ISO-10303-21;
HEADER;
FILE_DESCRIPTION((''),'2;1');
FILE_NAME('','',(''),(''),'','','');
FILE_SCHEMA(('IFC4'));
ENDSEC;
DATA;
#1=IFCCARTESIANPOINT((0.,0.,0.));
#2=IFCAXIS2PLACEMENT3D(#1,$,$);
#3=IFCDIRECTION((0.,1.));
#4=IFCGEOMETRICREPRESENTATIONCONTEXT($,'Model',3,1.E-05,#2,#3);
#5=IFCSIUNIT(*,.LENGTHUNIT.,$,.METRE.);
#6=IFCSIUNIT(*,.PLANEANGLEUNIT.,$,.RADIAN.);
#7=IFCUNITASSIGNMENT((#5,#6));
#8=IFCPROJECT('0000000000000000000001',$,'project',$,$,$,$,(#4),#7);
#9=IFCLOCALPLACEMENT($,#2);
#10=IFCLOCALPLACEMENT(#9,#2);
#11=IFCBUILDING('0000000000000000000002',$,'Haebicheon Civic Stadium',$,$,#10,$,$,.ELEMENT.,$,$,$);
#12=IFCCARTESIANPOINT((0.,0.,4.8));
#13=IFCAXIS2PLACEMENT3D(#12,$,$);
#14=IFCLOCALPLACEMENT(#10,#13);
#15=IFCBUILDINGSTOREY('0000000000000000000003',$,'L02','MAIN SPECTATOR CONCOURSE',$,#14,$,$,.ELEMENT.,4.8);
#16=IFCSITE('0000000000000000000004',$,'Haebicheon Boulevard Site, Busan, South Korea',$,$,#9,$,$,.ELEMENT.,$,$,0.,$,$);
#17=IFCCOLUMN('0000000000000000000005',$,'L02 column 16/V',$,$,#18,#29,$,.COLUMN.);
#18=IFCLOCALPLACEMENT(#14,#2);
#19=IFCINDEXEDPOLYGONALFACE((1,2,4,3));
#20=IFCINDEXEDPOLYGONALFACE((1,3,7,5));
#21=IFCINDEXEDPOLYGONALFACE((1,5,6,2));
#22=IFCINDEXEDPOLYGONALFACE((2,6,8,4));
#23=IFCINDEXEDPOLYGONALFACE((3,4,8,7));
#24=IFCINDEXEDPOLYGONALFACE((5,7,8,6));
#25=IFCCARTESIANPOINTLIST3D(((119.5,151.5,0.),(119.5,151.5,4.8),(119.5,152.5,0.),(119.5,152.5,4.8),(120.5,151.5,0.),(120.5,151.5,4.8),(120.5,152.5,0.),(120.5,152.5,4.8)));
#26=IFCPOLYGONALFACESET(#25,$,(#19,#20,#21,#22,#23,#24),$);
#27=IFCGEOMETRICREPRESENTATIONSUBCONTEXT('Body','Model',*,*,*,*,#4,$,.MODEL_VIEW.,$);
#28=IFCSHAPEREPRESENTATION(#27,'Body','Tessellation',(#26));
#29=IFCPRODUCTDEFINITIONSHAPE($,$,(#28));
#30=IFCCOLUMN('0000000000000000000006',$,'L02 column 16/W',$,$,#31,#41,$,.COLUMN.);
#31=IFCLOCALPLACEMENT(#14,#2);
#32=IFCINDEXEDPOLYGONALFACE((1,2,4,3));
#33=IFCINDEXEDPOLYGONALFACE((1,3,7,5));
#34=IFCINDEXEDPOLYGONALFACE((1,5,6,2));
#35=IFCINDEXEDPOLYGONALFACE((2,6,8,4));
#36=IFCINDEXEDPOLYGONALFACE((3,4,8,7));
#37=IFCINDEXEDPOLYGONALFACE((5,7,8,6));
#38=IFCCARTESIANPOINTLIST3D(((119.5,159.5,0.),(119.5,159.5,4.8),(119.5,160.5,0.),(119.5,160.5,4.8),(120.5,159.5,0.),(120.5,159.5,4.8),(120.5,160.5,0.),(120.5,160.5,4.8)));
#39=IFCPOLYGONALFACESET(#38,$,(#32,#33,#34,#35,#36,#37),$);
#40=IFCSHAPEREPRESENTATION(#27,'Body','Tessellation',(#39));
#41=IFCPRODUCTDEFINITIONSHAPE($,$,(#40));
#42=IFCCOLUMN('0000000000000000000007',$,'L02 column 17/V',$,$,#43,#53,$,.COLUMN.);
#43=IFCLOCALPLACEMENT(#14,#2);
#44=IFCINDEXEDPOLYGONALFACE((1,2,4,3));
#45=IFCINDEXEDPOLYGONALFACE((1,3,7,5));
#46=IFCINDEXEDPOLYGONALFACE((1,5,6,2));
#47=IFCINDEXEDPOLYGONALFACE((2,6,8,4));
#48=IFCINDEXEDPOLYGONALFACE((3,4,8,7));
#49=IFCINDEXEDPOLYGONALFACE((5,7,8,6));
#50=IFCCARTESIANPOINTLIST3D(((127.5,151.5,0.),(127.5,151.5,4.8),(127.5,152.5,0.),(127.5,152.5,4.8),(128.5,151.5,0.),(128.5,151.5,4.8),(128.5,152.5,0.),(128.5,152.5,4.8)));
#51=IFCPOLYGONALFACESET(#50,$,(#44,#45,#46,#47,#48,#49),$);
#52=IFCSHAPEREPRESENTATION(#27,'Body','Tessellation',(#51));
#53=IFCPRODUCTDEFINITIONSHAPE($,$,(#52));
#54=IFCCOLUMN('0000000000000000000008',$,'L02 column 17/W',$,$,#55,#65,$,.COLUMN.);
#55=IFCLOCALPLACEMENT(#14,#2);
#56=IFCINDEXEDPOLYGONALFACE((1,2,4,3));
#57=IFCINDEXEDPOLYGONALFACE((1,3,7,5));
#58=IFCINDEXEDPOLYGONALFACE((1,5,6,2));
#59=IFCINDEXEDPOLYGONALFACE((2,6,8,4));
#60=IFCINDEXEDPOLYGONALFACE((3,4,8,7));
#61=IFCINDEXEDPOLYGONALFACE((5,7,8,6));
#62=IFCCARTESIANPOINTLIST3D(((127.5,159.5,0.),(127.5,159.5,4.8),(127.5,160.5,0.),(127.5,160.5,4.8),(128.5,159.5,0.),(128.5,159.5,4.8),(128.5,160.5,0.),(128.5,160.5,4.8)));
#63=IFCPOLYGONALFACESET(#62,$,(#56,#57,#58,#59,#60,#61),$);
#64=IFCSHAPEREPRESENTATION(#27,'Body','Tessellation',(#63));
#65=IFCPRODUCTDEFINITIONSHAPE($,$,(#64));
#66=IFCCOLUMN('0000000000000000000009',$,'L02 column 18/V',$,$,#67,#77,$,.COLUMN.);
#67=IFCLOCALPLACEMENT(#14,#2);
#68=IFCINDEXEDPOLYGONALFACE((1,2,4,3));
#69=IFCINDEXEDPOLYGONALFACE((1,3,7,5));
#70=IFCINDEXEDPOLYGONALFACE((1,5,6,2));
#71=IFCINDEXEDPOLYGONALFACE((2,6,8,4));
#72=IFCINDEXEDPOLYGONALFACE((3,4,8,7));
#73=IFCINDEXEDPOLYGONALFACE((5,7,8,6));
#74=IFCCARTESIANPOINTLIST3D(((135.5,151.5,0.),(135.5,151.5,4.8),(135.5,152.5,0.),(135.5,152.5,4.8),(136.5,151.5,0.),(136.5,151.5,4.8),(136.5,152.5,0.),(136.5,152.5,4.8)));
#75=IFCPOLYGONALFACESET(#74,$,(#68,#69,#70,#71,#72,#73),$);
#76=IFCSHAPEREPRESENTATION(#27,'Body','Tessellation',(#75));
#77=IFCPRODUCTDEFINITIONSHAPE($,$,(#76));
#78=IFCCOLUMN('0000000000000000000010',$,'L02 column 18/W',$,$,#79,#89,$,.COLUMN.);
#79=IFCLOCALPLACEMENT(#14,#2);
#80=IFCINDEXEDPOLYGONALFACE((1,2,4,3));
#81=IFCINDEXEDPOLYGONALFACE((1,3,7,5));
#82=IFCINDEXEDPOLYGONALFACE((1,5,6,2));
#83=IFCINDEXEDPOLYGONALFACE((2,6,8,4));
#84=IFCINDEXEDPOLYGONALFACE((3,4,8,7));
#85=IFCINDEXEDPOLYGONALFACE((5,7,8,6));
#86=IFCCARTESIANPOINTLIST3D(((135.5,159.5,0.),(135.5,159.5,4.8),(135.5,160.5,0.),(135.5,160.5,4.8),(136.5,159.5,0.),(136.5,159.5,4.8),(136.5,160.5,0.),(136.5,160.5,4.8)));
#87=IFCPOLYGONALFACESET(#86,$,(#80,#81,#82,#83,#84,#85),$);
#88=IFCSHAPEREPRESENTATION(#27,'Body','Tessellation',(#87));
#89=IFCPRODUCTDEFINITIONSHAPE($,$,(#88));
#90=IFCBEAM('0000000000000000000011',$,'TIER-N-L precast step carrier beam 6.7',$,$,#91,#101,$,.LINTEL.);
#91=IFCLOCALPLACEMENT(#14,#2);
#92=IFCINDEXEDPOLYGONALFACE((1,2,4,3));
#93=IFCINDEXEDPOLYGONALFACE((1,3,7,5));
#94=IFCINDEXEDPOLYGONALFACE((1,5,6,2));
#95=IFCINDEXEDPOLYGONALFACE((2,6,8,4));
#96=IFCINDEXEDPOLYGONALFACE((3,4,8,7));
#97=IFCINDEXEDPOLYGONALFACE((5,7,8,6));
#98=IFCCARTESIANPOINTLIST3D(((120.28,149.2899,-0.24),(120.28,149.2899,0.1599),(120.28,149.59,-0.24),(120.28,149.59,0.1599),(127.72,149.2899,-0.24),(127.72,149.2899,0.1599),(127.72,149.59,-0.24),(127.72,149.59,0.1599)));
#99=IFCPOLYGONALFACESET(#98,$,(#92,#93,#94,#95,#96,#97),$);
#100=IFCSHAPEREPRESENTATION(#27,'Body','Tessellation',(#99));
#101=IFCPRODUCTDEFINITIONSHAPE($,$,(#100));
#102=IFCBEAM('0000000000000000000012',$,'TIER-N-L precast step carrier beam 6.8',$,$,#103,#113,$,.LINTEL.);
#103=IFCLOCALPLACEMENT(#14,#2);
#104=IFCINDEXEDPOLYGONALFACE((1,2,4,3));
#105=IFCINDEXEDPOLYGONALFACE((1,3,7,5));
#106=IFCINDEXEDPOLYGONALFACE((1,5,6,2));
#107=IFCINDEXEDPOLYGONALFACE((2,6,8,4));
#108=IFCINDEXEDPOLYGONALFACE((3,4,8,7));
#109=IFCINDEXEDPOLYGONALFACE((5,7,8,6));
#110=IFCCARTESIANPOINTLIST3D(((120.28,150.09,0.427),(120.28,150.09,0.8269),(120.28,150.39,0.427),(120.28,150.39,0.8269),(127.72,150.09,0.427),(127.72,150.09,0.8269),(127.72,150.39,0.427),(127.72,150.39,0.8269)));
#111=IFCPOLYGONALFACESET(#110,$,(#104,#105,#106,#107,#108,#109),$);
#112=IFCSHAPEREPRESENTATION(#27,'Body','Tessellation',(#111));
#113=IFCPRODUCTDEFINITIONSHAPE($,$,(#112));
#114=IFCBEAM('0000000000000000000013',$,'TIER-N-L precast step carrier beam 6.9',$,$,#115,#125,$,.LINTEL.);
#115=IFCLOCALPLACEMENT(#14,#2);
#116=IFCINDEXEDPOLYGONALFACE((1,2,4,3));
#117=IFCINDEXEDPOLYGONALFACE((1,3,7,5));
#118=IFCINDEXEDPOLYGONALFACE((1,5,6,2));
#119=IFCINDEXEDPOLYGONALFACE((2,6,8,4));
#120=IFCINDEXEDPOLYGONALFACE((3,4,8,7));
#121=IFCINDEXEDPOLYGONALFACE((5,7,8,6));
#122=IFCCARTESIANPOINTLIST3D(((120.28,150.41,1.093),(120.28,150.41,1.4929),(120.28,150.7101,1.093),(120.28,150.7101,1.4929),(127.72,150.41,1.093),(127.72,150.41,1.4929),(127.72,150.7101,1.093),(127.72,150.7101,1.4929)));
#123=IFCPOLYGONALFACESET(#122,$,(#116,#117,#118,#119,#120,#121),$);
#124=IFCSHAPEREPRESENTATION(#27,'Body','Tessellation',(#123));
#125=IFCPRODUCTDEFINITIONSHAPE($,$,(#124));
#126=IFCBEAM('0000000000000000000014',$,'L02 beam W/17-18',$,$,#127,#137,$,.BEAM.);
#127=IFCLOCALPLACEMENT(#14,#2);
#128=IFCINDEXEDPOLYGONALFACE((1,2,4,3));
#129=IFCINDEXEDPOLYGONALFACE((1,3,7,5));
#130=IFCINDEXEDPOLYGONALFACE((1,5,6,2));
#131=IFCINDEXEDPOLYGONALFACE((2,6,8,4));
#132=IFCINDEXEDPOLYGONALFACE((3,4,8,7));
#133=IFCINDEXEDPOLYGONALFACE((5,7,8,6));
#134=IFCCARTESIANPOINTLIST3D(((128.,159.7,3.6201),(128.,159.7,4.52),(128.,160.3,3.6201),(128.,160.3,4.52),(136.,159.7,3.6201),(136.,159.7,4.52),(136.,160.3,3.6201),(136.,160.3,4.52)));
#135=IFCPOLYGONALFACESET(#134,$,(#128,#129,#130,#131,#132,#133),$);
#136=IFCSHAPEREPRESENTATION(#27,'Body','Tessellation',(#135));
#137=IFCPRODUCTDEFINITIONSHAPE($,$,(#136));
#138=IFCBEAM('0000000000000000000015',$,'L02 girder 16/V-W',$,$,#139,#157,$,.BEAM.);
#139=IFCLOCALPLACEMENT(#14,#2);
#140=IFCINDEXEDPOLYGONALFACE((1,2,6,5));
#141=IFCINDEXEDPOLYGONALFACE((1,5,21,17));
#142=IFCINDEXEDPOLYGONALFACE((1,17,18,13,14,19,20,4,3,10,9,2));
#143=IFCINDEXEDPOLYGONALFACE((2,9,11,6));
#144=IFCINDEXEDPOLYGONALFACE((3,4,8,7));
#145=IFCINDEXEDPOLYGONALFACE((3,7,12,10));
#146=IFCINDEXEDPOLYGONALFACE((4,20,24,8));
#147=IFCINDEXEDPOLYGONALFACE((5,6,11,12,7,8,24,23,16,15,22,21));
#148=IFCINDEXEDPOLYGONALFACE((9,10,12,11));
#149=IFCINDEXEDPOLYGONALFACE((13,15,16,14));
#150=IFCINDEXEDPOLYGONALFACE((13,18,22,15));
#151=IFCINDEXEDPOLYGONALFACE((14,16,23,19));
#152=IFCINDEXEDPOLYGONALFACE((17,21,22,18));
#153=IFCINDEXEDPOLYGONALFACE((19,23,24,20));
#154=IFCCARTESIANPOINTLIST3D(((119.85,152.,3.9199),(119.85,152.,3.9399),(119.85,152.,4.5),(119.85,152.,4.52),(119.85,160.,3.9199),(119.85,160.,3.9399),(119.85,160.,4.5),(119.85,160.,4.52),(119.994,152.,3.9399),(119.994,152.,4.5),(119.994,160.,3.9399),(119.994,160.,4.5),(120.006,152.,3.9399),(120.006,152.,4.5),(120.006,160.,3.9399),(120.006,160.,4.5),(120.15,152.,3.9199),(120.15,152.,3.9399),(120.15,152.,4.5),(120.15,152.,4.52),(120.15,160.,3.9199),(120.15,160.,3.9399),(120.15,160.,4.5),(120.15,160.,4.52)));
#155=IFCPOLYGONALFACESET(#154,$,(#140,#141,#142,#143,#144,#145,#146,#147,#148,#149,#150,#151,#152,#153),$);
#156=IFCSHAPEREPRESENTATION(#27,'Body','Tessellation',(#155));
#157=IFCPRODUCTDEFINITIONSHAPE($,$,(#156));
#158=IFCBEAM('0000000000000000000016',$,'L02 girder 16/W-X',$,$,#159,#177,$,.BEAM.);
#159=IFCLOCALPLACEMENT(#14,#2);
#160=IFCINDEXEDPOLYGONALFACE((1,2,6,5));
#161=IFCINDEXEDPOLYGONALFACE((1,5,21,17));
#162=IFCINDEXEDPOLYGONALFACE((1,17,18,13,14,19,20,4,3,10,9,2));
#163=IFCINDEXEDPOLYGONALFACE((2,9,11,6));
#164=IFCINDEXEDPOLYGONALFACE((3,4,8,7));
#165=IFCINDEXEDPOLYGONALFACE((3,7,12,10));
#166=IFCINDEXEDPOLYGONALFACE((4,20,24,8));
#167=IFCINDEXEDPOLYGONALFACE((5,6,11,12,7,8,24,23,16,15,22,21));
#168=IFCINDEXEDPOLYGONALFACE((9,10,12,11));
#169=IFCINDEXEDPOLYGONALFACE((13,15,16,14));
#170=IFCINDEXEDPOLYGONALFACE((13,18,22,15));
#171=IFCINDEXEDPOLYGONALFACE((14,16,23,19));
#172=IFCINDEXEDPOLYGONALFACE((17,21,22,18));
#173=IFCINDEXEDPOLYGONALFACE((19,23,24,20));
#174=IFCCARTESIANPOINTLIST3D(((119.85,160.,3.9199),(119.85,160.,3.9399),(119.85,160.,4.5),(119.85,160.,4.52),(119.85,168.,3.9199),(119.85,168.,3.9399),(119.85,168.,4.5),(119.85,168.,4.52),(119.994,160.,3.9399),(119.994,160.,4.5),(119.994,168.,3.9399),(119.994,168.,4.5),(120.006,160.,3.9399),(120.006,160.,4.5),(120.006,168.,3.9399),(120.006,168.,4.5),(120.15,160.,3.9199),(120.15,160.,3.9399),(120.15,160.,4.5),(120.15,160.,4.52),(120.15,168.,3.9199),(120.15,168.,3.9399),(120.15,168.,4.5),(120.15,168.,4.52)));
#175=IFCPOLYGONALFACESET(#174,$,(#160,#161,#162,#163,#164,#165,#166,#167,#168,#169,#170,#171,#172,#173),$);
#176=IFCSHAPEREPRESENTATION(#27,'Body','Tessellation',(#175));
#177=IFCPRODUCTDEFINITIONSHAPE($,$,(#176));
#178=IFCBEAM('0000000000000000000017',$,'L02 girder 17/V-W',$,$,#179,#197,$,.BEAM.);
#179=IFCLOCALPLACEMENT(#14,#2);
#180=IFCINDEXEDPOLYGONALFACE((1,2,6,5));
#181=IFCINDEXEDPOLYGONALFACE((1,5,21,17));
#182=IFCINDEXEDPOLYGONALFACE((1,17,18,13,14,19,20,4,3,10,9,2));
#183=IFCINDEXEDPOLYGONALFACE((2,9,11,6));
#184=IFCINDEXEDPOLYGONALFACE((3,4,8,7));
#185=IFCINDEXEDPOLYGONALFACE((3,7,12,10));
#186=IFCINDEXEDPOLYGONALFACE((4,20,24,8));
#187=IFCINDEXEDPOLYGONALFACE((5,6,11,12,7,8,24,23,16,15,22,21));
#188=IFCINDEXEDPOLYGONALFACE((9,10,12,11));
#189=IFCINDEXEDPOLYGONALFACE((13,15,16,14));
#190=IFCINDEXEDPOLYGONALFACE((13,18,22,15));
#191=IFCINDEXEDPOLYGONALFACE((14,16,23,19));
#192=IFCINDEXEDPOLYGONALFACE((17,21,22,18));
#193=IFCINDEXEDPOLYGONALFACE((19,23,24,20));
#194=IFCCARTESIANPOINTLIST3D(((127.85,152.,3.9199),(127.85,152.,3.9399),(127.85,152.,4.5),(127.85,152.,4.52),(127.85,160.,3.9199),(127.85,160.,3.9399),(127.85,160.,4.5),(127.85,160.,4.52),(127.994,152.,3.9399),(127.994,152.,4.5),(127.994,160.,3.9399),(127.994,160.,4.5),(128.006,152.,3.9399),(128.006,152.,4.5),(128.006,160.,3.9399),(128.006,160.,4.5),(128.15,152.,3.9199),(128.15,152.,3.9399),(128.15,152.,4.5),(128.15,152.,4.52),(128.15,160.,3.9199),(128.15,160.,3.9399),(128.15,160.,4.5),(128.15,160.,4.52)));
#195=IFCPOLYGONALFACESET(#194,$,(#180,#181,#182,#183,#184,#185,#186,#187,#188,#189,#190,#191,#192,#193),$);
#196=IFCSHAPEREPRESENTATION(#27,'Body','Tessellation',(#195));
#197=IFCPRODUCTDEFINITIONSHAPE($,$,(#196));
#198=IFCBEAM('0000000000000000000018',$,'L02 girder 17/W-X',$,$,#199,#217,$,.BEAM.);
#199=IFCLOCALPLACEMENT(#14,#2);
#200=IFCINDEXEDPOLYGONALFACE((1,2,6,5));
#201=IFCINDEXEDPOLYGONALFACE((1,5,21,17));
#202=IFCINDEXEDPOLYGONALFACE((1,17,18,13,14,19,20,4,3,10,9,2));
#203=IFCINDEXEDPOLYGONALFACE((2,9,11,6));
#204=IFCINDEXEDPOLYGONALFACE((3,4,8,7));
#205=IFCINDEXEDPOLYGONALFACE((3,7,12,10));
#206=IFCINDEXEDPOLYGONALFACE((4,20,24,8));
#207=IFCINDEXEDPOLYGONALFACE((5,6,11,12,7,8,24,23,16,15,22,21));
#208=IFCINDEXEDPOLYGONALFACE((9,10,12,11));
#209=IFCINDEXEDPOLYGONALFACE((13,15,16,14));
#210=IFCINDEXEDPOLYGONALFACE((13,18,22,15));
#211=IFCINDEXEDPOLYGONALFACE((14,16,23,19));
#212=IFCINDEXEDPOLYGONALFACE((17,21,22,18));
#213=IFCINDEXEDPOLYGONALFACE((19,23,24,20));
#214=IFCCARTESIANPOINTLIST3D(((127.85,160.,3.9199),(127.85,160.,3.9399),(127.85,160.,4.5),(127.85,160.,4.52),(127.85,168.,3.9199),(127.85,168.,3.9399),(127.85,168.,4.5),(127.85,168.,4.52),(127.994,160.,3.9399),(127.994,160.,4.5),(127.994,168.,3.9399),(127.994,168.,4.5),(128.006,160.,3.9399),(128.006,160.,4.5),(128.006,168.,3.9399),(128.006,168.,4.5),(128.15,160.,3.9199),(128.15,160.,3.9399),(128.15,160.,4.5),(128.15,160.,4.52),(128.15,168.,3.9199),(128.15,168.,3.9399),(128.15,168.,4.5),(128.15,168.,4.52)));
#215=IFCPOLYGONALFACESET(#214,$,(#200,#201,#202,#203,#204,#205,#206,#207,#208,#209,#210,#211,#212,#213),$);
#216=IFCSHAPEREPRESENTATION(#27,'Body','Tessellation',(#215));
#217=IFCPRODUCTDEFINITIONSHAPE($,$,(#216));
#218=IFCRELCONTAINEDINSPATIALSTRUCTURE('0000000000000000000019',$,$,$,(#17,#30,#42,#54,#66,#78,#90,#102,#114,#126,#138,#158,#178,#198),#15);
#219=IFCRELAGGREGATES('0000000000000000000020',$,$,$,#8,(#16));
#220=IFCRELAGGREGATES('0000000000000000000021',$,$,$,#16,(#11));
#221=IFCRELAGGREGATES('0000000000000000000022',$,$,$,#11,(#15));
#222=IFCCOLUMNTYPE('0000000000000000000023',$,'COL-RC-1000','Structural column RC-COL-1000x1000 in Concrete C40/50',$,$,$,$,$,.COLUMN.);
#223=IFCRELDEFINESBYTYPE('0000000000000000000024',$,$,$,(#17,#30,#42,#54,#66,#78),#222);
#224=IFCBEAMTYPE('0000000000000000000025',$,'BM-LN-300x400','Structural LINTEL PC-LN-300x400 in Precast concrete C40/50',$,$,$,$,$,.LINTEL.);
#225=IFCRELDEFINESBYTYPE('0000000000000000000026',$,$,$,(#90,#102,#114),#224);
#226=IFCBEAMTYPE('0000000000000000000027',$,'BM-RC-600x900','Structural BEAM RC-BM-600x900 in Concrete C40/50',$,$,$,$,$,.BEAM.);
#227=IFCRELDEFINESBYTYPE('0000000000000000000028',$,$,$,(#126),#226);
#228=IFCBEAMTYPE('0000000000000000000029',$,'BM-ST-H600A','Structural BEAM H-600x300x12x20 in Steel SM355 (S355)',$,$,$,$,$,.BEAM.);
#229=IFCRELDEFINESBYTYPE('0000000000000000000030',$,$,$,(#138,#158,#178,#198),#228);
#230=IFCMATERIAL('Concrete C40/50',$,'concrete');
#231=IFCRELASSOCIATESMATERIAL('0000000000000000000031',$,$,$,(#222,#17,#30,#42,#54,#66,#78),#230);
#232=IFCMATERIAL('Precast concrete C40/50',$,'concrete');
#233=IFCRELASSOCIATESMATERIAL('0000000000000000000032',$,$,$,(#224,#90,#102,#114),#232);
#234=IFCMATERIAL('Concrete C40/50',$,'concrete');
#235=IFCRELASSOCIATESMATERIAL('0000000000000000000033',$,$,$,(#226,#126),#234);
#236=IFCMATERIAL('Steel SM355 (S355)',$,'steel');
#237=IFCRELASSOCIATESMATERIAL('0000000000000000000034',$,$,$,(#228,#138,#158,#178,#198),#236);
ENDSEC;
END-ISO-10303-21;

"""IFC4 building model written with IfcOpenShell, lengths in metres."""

from ifc_helpers import new_model, si_unit, direction, frame, origin, origin_2d, place, context, subcontext, project, spatial, rectangle, i_section, extrude, material, material_profile, profile_set, type_object, element, save


model = new_model("IFC4")

# Units and contexts
model_context = context("Model", 3, precision=1e-05, world=origin(), true_north=direction((0.0, 1.0)))
body_context = subcontext(model_context, "Body", "Model", "MODEL_VIEW")
ifc_project = project(units=[si_unit("LENGTHUNIT", "METRE"), si_unit("PLANEANGLEUNIT", "RADIAN")], contexts=[model_context])

# Site, building, storey
site_placement = place(None, origin())
site = spatial("IfcSite", under=ifc_project, at=site_placement, Name="Haebicheon Boulevard Site, Busan, South Korea", CompositionType="ELEMENT", RefElevation=0.0)
building_placement = place(site_placement, origin())
building = spatial("IfcBuilding", under=site, at=building_placement, Name="Haebicheon Civic Stadium", CompositionType="ELEMENT")
storey_placement = place(building_placement, frame((0.0, 0.0, 4.8)))
storey = spatial("IfcBuildingStorey", under=building, at=storey_placement, Name="L02", Description="MAIN SPECTATOR CONCOURSE", CompositionType="ELEMENT", Elevation=4.8)

# Columns
ifc_material_1 = material(Name="Concrete C40/50", Category="concrete")
ifc_material_profile_1 = material_profile(ifc_material_1, rectangle(XDim=1.0, YDim=1.0, at=origin_2d()), Name="RC-COL-1000x1000")
ifc_profile_set_1 = profile_set([ifc_material_profile_1], Name="Concrete C40/50")
column_type = type_object("IfcColumnType", Name="COL-RC-1000", Description="Structural column RC-COL-1000x1000 in Concrete C40/50", PredefinedType="COLUMN", material=ifc_profile_set_1)
for number, where, z_axis, x_axis, name in (
    (1, (120.0, 152.0, 0.0), (0.0, 0.0, 1.0), (1.0, 0.0, 0.0), "L02 column 16/V"),
    (2, (120.0, 160.0, 0.0), (0.0, 0.0, 1.0), (1.0, 0.0, 0.0), "L02 column 16/W"),
    (3, (128.0, 152.0, 0.0), (0.0, 0.0, 1.0), (1.0, 0.0, 0.0), "L02 column 17/V"),
    (4, (128.0, 160.0, 0.0), (0.0, 0.0, 1.0), (1.0, 0.0, 0.0), "L02 column 17/W"),
    (5, (136.0, 152.0, 0.0), (0.0, 0.0, 1.0), (1.0, 0.0, 0.0), "L02 column 18/V"),
    (6, (136.0, 160.0, 0.0), (0.0, 0.0, 1.0), (1.0, 0.0, 0.0), "L02 column 18/W"),
):
    element("IfcColumn", number, at=place(storey_placement, frame(where, z_axis=z_axis, x_axis=x_axis)), inside=storey, type_object=column_type, material=ifc_profile_set_1, Name=name, PredefinedType="COLUMN", context=body_context, shape_type="SweptSolid", body=[
        extrude(rectangle(XDim=1.0, YDim=1.0, at=origin_2d()), origin(), (0.0, 0.0, 1.0), 4.8),
    ])

# Beams
ifc_material_2 = material(Name="Precast concrete C40/50", Category="concrete")
ifc_material_profile_2 = material_profile(ifc_material_2, rectangle(XDim=0.3, YDim=0.3999, at=origin_2d()), Name="PC-LN-300x400")
ifc_profile_set_2 = profile_set([ifc_material_profile_2], Name="Precast concrete C40/50")
beam_type_1 = type_object("IfcBeamType", Name="BM-LN-300x400", Description="Structural LINTEL PC-LN-300x400 in Precast concrete C40/50", PredefinedType="LINTEL", material=ifc_profile_set_2)
for number, where, z_axis, x_axis, name in (
    (7, (120.28, 149.4399, -0.04), (1.0, 0.0, 0.0), (0.0, 1.0, 0.0), "TIER-N-L precast step carrier beam 6.7"),
    (8, (120.28, 150.24, 0.627), (1.0, 0.0, 0.0), (0.0, 1.0, 0.0), "TIER-N-L precast step carrier beam 6.8"),
    (9, (120.28, 150.5601, 1.293), (1.0, 0.0, 0.0), (0.0, 1.0, 0.0), "TIER-N-L precast step carrier beam 6.9"),
):
    element("IfcBeam", number, at=place(storey_placement, frame(where, z_axis=z_axis, x_axis=x_axis)), inside=storey, type_object=beam_type_1, material=ifc_profile_set_2, Name=name, PredefinedType="LINTEL", context=body_context, shape_type="SweptSolid", body=[
        extrude(rectangle(XDim=0.3, YDim=0.3999, at=origin_2d()), origin(), (0.0, 0.0, 1.0), 7.4399),
    ])
ifc_material_3 = material(Name="Concrete C40/50", Category="concrete")
ifc_material_profile_3 = material_profile(ifc_material_3, rectangle(XDim=0.6001, YDim=0.8999, at=origin_2d()), Name="RC-BM-600x900")
ifc_profile_set_3 = profile_set([ifc_material_profile_3], Name="Concrete C40/50")
beam_type_2 = type_object("IfcBeamType", Name="BM-RC-600x900", Description="Structural BEAM RC-BM-600x900 in Concrete C40/50", PredefinedType="BEAM", material=ifc_profile_set_3)
beam_placement = place(storey_placement, frame((128.0, 160.0, 4.0701), z_axis=(1.0, 0.0, 0.0), x_axis=(0.0, 1.0, 0.0)))
element("IfcBeam", 10, at=beam_placement, inside=storey, type_object=beam_type_2, material=ifc_profile_set_3, Name="L02 beam W/17-18", PredefinedType="BEAM", context=body_context, shape_type="SweptSolid", body=[
    extrude(rectangle(XDim=0.6001, YDim=0.8999, at=origin_2d()), origin(), (0.0, 0.0, 1.0), 8.0),
])
ifc_material_4 = material(Name="Steel SM355 (S355)", Category="steel")
ifc_material_profile_4 = material_profile(ifc_material_4, i_section(OverallWidth=0.3, OverallDepth=0.6001, WebThickness=0.012, FlangeThickness=0.02, at=origin_2d()), Name="H-600x300x12x20")
ifc_profile_set_4 = profile_set([ifc_material_profile_4], Name="Steel SM355 (S355)")
beam_type_3 = type_object("IfcBeamType", Name="BM-ST-H600A", Description="Structural BEAM H-600x300x12x20 in Steel SM355 (S355)", PredefinedType="BEAM", material=ifc_profile_set_4)
for number, where, z_axis, x_axis, name in (
    (11, (120.0, 152.0, 4.22), (0.0, 1.0, 0.0), (-1.0, 0.0, 0.0), "L02 girder 16/V-W"),
    (12, (120.0, 160.0, 4.22), (0.0, 1.0, 0.0), (-1.0, 0.0, 0.0), "L02 girder 16/W-X"),
    (13, (128.0, 152.0, 4.22), (0.0, 1.0, 0.0), (-1.0, 0.0, 0.0), "L02 girder 17/V-W"),
    (14, (128.0, 160.0, 4.22), (0.0, 1.0, 0.0), (-1.0, 0.0, 0.0), "L02 girder 17/W-X"),
):
    element("IfcBeam", number, at=place(storey_placement, frame(where, z_axis=z_axis, x_axis=x_axis)), inside=storey, type_object=beam_type_3, material=ifc_profile_set_4, Name=name, PredefinedType="BEAM", context=body_context, shape_type="SweptSolid", body=[
        extrude(i_section(OverallWidth=0.3, OverallDepth=0.6001, WebThickness=0.012, FlangeThickness=0.02, at=origin_2d()), origin(), (0.0, 0.0, 1.0), 8.0),
    ])

save(model, "model.ifc")
